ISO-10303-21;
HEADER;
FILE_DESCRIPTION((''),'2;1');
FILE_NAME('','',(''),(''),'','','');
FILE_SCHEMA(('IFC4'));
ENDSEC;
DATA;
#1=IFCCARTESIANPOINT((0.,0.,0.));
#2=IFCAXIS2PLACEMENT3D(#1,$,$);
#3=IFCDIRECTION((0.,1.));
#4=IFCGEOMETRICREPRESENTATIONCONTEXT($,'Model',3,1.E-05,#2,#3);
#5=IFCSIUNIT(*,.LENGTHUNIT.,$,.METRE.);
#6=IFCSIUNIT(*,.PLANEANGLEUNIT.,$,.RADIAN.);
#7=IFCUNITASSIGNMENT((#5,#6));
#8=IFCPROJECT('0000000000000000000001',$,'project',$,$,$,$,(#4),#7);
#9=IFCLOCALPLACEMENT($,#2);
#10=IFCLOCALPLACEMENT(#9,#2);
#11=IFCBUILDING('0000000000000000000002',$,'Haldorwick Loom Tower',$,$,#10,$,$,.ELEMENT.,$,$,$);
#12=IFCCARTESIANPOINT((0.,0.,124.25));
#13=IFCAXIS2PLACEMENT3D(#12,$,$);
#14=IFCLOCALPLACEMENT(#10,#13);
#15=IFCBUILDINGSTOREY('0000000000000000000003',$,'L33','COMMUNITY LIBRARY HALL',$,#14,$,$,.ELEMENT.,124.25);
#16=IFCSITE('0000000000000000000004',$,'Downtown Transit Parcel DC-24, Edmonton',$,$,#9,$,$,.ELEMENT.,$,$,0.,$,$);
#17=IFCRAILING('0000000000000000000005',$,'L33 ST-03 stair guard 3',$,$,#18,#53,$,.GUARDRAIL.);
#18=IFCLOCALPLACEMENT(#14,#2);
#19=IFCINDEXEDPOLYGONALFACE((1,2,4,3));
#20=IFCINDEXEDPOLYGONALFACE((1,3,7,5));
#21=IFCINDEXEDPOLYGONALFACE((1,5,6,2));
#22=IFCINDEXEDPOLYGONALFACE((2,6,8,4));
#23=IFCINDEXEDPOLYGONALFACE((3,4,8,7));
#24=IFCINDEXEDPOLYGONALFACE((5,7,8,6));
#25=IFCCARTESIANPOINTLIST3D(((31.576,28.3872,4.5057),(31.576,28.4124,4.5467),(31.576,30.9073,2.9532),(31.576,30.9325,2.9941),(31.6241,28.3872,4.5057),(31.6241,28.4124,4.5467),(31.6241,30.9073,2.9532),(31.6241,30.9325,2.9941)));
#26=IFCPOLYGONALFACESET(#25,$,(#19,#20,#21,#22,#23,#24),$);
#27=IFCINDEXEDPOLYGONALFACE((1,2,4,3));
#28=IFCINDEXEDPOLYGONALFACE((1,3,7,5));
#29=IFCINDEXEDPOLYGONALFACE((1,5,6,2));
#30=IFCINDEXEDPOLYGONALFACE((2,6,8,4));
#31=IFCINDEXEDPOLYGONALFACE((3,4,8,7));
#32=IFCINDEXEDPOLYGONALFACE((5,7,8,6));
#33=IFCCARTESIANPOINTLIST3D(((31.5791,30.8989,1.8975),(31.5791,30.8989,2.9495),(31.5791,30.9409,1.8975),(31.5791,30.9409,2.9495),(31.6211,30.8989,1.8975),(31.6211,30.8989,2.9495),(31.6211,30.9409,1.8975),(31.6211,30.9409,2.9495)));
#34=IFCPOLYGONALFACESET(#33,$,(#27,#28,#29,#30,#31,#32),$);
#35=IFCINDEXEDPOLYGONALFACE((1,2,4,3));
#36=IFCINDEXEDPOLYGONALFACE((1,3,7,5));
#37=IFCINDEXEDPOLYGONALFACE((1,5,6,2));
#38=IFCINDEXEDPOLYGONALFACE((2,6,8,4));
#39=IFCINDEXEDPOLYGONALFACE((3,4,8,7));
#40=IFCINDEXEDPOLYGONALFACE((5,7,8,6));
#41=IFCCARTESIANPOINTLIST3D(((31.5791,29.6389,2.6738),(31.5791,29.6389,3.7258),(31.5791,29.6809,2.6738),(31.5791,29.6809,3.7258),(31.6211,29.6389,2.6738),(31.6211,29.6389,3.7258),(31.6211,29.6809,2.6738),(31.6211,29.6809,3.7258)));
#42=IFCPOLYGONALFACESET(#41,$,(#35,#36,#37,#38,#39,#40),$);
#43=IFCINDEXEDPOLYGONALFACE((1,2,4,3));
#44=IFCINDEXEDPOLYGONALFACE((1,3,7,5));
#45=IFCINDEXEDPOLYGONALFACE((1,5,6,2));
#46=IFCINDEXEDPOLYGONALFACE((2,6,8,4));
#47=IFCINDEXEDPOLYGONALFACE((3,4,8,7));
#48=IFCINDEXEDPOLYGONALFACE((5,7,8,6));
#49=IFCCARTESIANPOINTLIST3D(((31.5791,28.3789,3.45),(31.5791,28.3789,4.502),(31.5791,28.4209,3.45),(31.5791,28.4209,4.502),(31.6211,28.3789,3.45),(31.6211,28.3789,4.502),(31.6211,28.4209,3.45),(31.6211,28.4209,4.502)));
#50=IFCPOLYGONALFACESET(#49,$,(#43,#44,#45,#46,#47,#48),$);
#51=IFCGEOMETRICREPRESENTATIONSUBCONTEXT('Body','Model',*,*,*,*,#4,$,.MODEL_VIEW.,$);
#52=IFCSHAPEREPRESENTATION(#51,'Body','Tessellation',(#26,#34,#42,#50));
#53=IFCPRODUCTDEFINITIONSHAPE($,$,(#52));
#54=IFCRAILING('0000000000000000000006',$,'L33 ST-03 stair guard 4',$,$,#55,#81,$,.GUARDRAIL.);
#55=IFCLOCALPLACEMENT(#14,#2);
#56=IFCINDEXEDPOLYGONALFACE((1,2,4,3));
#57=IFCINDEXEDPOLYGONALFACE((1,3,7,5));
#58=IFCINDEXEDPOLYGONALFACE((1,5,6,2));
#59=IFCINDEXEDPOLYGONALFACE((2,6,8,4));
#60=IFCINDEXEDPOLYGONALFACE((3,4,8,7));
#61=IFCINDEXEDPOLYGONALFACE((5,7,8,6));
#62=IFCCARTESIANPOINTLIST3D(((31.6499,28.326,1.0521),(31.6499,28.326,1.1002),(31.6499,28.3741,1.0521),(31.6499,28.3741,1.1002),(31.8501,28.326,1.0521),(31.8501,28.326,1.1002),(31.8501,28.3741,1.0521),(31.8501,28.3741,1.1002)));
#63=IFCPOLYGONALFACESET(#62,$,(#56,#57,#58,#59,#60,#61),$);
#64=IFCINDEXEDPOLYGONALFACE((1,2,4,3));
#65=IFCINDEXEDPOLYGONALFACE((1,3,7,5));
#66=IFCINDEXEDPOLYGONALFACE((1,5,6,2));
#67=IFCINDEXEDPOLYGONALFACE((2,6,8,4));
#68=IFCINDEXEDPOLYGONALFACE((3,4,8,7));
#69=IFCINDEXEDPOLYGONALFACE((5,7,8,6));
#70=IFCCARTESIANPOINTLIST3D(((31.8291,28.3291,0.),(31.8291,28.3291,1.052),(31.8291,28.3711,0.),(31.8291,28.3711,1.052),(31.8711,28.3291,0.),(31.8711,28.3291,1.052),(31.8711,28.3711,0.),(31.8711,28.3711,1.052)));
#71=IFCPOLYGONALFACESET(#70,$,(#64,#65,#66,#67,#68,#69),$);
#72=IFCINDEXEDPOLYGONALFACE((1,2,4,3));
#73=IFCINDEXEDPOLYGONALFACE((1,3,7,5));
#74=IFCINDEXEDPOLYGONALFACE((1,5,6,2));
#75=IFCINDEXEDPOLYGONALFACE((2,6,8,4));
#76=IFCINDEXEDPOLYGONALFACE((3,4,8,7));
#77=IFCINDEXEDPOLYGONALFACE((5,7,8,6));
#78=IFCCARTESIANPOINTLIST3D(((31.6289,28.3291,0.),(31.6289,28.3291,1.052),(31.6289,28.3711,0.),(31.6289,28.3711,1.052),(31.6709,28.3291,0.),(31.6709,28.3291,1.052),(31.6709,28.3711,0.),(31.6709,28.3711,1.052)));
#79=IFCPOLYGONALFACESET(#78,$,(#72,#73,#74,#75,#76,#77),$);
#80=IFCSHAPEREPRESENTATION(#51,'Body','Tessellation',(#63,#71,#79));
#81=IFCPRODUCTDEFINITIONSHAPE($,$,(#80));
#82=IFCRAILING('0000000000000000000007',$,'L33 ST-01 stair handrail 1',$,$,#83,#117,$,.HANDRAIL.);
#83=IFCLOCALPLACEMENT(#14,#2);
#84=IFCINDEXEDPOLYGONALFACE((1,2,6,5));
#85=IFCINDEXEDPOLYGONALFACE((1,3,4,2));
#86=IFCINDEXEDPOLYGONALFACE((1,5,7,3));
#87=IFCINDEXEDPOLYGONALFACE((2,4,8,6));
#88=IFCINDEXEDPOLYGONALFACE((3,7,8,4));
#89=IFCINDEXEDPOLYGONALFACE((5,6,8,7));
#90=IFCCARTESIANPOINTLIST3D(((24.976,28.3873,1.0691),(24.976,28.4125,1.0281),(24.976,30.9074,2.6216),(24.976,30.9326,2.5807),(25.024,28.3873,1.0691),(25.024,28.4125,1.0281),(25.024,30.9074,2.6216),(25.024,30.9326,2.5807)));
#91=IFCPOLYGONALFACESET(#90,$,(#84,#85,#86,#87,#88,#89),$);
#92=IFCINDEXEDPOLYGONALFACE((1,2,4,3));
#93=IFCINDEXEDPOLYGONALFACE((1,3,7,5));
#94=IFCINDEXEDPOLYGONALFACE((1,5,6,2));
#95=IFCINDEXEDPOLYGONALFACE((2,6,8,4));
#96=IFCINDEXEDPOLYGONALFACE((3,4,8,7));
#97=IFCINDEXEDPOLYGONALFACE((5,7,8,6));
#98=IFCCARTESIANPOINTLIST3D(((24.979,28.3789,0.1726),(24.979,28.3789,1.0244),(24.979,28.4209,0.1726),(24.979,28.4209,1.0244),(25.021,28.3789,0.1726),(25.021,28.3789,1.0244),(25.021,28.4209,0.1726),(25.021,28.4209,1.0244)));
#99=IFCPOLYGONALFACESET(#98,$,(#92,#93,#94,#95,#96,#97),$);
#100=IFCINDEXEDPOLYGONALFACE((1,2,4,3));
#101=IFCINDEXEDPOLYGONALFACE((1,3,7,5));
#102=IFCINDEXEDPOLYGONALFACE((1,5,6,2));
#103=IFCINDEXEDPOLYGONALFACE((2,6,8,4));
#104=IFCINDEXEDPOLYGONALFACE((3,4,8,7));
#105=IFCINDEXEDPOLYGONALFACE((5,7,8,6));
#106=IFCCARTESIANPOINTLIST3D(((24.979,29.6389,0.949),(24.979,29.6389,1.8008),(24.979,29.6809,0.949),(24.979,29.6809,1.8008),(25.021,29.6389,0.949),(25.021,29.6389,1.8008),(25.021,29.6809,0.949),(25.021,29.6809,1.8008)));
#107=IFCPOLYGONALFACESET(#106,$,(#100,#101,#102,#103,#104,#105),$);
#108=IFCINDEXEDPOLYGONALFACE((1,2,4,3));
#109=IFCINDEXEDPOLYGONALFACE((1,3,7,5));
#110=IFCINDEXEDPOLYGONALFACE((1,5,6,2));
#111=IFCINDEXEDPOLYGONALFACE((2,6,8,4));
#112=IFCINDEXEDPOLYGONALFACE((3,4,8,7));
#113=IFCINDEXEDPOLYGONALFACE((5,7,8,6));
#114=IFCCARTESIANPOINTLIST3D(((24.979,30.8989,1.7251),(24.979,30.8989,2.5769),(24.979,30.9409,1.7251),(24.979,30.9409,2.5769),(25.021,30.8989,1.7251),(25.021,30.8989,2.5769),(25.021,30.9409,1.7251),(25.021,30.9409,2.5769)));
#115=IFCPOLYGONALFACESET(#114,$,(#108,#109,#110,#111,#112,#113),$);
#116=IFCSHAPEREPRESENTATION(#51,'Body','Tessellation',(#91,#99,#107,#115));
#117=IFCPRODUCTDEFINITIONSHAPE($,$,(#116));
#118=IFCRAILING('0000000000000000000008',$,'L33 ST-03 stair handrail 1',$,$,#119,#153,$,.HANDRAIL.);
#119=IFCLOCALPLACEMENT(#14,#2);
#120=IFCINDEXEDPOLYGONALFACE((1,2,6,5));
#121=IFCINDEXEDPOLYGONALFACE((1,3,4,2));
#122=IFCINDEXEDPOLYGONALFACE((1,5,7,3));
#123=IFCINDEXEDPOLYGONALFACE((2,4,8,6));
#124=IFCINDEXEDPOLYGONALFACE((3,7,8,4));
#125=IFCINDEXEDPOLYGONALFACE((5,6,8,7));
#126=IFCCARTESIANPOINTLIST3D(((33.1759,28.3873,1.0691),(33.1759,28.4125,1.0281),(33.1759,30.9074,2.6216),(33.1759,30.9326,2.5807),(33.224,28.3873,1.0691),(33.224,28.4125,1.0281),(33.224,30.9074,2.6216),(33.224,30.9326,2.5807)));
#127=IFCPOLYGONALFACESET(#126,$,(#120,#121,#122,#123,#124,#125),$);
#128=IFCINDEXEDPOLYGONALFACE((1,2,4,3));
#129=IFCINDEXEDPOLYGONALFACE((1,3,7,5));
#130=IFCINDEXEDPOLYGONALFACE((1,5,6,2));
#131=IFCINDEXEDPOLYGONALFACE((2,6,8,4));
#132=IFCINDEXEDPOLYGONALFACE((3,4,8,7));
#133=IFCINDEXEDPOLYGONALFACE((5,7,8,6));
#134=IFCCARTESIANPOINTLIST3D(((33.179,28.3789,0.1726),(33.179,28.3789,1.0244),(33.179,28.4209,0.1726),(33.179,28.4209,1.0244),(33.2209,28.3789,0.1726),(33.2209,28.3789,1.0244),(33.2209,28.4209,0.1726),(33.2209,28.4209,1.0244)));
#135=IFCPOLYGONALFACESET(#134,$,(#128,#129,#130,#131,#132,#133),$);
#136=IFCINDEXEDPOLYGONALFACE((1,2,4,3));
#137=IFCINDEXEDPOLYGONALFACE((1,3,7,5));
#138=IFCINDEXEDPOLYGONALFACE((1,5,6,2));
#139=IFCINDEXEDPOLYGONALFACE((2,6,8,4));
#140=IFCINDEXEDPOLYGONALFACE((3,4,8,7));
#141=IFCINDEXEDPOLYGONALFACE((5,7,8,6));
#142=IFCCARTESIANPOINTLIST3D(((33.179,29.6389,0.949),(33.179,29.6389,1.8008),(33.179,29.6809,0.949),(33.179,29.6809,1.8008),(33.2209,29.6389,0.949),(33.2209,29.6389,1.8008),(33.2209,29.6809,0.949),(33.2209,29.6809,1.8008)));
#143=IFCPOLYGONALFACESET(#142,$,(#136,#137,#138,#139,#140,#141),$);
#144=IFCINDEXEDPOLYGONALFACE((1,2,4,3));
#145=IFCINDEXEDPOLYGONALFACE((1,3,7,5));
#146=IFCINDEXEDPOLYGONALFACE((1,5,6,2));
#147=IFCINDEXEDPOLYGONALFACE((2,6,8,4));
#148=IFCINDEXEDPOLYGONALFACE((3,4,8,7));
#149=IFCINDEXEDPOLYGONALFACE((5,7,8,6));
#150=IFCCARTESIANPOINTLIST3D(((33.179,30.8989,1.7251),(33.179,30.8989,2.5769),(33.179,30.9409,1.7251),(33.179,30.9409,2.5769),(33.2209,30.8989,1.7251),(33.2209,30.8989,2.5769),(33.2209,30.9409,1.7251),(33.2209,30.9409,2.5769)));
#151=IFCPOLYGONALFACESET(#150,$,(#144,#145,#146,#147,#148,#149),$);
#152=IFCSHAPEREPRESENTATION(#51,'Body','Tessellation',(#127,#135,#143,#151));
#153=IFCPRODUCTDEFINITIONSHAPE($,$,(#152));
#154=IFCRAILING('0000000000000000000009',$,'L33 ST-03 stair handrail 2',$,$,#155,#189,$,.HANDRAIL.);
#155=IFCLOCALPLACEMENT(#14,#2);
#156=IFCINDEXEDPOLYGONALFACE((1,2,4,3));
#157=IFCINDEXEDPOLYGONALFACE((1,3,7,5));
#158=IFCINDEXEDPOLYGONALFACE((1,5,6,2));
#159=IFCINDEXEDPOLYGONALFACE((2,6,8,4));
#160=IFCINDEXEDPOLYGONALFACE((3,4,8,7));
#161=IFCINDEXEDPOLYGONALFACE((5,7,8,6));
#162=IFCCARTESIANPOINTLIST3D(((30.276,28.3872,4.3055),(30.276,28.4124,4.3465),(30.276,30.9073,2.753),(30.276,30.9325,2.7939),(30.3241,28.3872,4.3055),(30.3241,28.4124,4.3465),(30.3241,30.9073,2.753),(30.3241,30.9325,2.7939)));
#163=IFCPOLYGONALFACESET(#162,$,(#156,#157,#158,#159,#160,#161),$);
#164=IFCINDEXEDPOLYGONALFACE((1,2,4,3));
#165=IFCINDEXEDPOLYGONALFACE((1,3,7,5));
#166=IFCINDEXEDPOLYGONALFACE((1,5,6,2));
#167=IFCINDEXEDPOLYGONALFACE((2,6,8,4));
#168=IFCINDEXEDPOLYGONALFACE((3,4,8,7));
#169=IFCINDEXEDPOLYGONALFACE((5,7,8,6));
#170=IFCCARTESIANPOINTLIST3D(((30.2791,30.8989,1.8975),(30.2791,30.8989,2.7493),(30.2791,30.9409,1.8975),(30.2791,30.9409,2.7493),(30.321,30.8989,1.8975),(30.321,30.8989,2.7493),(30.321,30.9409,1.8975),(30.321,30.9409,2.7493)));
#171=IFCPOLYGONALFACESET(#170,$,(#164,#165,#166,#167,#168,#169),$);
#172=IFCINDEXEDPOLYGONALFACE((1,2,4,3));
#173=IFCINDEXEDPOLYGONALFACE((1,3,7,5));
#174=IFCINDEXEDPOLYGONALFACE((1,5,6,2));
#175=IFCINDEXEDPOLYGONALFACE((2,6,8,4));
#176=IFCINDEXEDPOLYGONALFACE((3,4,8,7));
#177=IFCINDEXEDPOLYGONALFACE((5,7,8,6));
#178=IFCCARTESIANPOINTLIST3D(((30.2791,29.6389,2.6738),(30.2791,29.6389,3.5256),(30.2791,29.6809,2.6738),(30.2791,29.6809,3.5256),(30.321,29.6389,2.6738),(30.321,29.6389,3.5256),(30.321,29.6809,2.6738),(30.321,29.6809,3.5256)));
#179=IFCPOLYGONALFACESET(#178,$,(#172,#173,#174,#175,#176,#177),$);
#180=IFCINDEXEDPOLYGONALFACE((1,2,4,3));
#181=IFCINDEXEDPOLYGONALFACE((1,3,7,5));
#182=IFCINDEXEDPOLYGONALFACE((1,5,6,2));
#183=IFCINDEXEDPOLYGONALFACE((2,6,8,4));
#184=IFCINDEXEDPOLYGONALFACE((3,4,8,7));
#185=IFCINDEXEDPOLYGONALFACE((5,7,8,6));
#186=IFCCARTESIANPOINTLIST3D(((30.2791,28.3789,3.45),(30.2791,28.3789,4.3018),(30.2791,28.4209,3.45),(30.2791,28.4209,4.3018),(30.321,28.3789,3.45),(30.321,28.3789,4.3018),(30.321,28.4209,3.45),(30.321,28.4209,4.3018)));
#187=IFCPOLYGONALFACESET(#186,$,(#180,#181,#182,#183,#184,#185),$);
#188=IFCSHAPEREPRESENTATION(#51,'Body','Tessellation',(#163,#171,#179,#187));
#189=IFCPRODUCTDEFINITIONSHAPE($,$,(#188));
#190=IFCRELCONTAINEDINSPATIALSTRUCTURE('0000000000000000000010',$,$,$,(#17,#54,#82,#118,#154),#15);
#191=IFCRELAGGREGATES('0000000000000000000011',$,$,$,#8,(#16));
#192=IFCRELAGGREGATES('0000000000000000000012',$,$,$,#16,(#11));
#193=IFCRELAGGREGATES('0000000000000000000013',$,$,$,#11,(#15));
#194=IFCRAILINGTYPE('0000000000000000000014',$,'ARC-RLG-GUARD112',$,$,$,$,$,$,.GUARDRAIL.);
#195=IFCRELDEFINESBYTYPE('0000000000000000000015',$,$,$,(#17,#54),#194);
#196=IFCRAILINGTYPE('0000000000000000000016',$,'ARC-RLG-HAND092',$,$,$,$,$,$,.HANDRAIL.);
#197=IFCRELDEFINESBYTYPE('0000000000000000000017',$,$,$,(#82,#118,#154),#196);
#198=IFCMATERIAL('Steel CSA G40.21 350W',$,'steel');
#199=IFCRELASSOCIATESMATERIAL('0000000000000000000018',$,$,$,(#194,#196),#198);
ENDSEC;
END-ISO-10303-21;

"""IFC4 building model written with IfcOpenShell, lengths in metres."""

from ifc_helpers import new_model, si_unit, direction, frame, origin, origin_2d, place, context, subcontext, project, spatial, rectangle, extrude, material, type_object, element, save


model = new_model("IFC4")

# Units and contexts
model_context = context("Model", 3, precision=1e-05, world=origin(), true_north=direction((0.0, 1.0)))
body_context = subcontext(model_context, "Body", "Model", "MODEL_VIEW")
ifc_project = project(units=[si_unit("LENGTHUNIT", "METRE"), si_unit("PLANEANGLEUNIT", "RADIAN")], contexts=[model_context])

# Site, building, storey
site_placement = place(None, origin())
site = spatial("IfcSite", under=ifc_project, at=site_placement, Name="Downtown Transit Parcel DC-24, Edmonton", CompositionType="ELEMENT", RefElevation=0.0)
building_placement = place(site_placement, origin())
building = spatial("IfcBuilding", under=site, at=building_placement, Name="Haldorwick Loom Tower", CompositionType="ELEMENT")
storey_placement = place(building_placement, frame((0.0, 0.0, 124.25)))
storey = spatial("IfcBuildingStorey", under=building, at=storey_placement, Name="L33", Description="COMMUNITY LIBRARY HALL", CompositionType="ELEMENT", Elevation=124.25)

# Shared definitions
ifc_material_1 = material(Name="Steel CSA G40.21 350W", Category="steel")

# Railings
railing_type_1 = type_object("IfcRailingType", Name="ARC-RLG-GUARD112", PredefinedType="GUARDRAIL", material=ifc_material_1)
railing_1_placement = place(storey_placement, frame((31.6001, 30.9199, 1.8975)))
element("IfcRailing", 1, at=railing_1_placement, inside=storey, type_object=railing_type_1, Name="L33 ST-03 stair guard 3", PredefinedType="GUARDRAIL", context=body_context, shape_type="SweptSolid", body=[
    extrude(rectangle(XDim=0.0481, YDim=0.0481, at=origin_2d()), frame((0.0, 0.0, 1.0762), z_axis=(0.0, -0.8514, 0.524516), x_axis=(1.0, 0.0, 0.0)), (0.0, 0.0, 1.0), 2.96),
    extrude(rectangle(XDim=0.042, YDim=0.042, at=origin_2d()), origin(), (0.0, 0.0, 1.0), 1.052),
    extrude(rectangle(XDim=0.042, YDim=0.042, at=origin_2d()), frame((0.0, -1.26, 0.7764)), (0.0, 0.0, 1.0), 1.052),
    extrude(rectangle(XDim=0.042, YDim=0.042, at=origin_2d()), frame((0.0, -2.52, 1.5525)), (0.0, 0.0, 1.0), 1.052),
])
railing_2_placement = place(storey_placement, frame((31.8501, 28.3501, 0.0)))
element("IfcRailing", 2, at=railing_2_placement, inside=storey, type_object=railing_type_1, Name="L33 ST-03 stair guard 4", PredefinedType="GUARDRAIL", context=body_context, shape_type="SweptSolid", body=[
    extrude(rectangle(XDim=0.0481, YDim=0.0481, at=origin_2d()), frame((0.0, 0.0, 1.0762), z_axis=(-1.0, 0.0, 0.0), x_axis=(0.0, -1.0, 0.0)), (0.0, 0.0, 1.0), 0.2002),
    extrude(rectangle(XDim=0.042, YDim=0.042, at=origin_2d()), origin(), (0.0, 0.0, 1.0), 1.052),
    extrude(rectangle(XDim=0.042, YDim=0.042, at=origin_2d()), frame((-0.2002, 0.0, 0.0)), (0.0, 0.0, 1.0), 1.052),
])
railing_type_2 = type_object("IfcRailingType", Name="ARC-RLG-HAND092", PredefinedType="HANDRAIL", material=ifc_material_1)
for number, where, name in (
    (3, (25.0, 28.3999, 0.1726), "L33 ST-01 stair handrail 1"),
    (4, (33.2, 28.3999, 0.1726), "L33 ST-03 stair handrail 1"),
):
    element("IfcRailing", number, at=place(storey_placement, frame(where)), inside=storey, type_object=railing_type_2, Name=name, PredefinedType="HANDRAIL", context=body_context, shape_type="SweptSolid", body=[
        extrude(rectangle(XDim=0.0481, YDim=0.0481, at=origin_2d()), frame((0.0, 0.0, 0.876), z_axis=(0.0, 0.8514, 0.524516), x_axis=(-1.0, 0.0, 0.0)), (0.0, 0.0, 1.0), 2.96),
        extrude(rectangle(XDim=0.042, YDim=0.042, at=origin_2d()), origin(), (0.0, 0.0, 1.0), 0.8518),
        extrude(rectangle(XDim=0.042, YDim=0.042, at=origin_2d()), frame((0.0, 1.26, 0.7764)), (0.0, 0.0, 1.0), 0.8518),
        extrude(rectangle(XDim=0.042, YDim=0.042, at=origin_2d()), frame((0.0, 2.52, 1.5525)), (0.0, 0.0, 1.0), 0.8518),
    ])
railing_3_placement = place(storey_placement, frame((30.3, 30.9199, 1.8975)))
element("IfcRailing", 5, at=railing_3_placement, inside=storey, type_object=railing_type_2, Name="L33 ST-03 stair handrail 2", PredefinedType="HANDRAIL", context=body_context, shape_type="SweptSolid", body=[
    extrude(rectangle(XDim=0.0481, YDim=0.0481, at=origin_2d()), frame((0.0, 0.0, 0.876), z_axis=(0.0, -0.8514, 0.524516), x_axis=(1.0, 0.0, 0.0)), (0.0, 0.0, 1.0), 2.96),
    extrude(rectangle(XDim=0.042, YDim=0.042, at=origin_2d()), origin(), (0.0, 0.0, 1.0), 0.8518),
    extrude(rectangle(XDim=0.042, YDim=0.042, at=origin_2d()), frame((0.0, -1.26, 0.7764)), (0.0, 0.0, 1.0), 0.8518),
    extrude(rectangle(XDim=0.042, YDim=0.042, at=origin_2d()), frame((0.0, -2.52, 1.5525)), (0.0, 0.0, 1.0), 0.8518),
])

save(model, "model.ifc")
